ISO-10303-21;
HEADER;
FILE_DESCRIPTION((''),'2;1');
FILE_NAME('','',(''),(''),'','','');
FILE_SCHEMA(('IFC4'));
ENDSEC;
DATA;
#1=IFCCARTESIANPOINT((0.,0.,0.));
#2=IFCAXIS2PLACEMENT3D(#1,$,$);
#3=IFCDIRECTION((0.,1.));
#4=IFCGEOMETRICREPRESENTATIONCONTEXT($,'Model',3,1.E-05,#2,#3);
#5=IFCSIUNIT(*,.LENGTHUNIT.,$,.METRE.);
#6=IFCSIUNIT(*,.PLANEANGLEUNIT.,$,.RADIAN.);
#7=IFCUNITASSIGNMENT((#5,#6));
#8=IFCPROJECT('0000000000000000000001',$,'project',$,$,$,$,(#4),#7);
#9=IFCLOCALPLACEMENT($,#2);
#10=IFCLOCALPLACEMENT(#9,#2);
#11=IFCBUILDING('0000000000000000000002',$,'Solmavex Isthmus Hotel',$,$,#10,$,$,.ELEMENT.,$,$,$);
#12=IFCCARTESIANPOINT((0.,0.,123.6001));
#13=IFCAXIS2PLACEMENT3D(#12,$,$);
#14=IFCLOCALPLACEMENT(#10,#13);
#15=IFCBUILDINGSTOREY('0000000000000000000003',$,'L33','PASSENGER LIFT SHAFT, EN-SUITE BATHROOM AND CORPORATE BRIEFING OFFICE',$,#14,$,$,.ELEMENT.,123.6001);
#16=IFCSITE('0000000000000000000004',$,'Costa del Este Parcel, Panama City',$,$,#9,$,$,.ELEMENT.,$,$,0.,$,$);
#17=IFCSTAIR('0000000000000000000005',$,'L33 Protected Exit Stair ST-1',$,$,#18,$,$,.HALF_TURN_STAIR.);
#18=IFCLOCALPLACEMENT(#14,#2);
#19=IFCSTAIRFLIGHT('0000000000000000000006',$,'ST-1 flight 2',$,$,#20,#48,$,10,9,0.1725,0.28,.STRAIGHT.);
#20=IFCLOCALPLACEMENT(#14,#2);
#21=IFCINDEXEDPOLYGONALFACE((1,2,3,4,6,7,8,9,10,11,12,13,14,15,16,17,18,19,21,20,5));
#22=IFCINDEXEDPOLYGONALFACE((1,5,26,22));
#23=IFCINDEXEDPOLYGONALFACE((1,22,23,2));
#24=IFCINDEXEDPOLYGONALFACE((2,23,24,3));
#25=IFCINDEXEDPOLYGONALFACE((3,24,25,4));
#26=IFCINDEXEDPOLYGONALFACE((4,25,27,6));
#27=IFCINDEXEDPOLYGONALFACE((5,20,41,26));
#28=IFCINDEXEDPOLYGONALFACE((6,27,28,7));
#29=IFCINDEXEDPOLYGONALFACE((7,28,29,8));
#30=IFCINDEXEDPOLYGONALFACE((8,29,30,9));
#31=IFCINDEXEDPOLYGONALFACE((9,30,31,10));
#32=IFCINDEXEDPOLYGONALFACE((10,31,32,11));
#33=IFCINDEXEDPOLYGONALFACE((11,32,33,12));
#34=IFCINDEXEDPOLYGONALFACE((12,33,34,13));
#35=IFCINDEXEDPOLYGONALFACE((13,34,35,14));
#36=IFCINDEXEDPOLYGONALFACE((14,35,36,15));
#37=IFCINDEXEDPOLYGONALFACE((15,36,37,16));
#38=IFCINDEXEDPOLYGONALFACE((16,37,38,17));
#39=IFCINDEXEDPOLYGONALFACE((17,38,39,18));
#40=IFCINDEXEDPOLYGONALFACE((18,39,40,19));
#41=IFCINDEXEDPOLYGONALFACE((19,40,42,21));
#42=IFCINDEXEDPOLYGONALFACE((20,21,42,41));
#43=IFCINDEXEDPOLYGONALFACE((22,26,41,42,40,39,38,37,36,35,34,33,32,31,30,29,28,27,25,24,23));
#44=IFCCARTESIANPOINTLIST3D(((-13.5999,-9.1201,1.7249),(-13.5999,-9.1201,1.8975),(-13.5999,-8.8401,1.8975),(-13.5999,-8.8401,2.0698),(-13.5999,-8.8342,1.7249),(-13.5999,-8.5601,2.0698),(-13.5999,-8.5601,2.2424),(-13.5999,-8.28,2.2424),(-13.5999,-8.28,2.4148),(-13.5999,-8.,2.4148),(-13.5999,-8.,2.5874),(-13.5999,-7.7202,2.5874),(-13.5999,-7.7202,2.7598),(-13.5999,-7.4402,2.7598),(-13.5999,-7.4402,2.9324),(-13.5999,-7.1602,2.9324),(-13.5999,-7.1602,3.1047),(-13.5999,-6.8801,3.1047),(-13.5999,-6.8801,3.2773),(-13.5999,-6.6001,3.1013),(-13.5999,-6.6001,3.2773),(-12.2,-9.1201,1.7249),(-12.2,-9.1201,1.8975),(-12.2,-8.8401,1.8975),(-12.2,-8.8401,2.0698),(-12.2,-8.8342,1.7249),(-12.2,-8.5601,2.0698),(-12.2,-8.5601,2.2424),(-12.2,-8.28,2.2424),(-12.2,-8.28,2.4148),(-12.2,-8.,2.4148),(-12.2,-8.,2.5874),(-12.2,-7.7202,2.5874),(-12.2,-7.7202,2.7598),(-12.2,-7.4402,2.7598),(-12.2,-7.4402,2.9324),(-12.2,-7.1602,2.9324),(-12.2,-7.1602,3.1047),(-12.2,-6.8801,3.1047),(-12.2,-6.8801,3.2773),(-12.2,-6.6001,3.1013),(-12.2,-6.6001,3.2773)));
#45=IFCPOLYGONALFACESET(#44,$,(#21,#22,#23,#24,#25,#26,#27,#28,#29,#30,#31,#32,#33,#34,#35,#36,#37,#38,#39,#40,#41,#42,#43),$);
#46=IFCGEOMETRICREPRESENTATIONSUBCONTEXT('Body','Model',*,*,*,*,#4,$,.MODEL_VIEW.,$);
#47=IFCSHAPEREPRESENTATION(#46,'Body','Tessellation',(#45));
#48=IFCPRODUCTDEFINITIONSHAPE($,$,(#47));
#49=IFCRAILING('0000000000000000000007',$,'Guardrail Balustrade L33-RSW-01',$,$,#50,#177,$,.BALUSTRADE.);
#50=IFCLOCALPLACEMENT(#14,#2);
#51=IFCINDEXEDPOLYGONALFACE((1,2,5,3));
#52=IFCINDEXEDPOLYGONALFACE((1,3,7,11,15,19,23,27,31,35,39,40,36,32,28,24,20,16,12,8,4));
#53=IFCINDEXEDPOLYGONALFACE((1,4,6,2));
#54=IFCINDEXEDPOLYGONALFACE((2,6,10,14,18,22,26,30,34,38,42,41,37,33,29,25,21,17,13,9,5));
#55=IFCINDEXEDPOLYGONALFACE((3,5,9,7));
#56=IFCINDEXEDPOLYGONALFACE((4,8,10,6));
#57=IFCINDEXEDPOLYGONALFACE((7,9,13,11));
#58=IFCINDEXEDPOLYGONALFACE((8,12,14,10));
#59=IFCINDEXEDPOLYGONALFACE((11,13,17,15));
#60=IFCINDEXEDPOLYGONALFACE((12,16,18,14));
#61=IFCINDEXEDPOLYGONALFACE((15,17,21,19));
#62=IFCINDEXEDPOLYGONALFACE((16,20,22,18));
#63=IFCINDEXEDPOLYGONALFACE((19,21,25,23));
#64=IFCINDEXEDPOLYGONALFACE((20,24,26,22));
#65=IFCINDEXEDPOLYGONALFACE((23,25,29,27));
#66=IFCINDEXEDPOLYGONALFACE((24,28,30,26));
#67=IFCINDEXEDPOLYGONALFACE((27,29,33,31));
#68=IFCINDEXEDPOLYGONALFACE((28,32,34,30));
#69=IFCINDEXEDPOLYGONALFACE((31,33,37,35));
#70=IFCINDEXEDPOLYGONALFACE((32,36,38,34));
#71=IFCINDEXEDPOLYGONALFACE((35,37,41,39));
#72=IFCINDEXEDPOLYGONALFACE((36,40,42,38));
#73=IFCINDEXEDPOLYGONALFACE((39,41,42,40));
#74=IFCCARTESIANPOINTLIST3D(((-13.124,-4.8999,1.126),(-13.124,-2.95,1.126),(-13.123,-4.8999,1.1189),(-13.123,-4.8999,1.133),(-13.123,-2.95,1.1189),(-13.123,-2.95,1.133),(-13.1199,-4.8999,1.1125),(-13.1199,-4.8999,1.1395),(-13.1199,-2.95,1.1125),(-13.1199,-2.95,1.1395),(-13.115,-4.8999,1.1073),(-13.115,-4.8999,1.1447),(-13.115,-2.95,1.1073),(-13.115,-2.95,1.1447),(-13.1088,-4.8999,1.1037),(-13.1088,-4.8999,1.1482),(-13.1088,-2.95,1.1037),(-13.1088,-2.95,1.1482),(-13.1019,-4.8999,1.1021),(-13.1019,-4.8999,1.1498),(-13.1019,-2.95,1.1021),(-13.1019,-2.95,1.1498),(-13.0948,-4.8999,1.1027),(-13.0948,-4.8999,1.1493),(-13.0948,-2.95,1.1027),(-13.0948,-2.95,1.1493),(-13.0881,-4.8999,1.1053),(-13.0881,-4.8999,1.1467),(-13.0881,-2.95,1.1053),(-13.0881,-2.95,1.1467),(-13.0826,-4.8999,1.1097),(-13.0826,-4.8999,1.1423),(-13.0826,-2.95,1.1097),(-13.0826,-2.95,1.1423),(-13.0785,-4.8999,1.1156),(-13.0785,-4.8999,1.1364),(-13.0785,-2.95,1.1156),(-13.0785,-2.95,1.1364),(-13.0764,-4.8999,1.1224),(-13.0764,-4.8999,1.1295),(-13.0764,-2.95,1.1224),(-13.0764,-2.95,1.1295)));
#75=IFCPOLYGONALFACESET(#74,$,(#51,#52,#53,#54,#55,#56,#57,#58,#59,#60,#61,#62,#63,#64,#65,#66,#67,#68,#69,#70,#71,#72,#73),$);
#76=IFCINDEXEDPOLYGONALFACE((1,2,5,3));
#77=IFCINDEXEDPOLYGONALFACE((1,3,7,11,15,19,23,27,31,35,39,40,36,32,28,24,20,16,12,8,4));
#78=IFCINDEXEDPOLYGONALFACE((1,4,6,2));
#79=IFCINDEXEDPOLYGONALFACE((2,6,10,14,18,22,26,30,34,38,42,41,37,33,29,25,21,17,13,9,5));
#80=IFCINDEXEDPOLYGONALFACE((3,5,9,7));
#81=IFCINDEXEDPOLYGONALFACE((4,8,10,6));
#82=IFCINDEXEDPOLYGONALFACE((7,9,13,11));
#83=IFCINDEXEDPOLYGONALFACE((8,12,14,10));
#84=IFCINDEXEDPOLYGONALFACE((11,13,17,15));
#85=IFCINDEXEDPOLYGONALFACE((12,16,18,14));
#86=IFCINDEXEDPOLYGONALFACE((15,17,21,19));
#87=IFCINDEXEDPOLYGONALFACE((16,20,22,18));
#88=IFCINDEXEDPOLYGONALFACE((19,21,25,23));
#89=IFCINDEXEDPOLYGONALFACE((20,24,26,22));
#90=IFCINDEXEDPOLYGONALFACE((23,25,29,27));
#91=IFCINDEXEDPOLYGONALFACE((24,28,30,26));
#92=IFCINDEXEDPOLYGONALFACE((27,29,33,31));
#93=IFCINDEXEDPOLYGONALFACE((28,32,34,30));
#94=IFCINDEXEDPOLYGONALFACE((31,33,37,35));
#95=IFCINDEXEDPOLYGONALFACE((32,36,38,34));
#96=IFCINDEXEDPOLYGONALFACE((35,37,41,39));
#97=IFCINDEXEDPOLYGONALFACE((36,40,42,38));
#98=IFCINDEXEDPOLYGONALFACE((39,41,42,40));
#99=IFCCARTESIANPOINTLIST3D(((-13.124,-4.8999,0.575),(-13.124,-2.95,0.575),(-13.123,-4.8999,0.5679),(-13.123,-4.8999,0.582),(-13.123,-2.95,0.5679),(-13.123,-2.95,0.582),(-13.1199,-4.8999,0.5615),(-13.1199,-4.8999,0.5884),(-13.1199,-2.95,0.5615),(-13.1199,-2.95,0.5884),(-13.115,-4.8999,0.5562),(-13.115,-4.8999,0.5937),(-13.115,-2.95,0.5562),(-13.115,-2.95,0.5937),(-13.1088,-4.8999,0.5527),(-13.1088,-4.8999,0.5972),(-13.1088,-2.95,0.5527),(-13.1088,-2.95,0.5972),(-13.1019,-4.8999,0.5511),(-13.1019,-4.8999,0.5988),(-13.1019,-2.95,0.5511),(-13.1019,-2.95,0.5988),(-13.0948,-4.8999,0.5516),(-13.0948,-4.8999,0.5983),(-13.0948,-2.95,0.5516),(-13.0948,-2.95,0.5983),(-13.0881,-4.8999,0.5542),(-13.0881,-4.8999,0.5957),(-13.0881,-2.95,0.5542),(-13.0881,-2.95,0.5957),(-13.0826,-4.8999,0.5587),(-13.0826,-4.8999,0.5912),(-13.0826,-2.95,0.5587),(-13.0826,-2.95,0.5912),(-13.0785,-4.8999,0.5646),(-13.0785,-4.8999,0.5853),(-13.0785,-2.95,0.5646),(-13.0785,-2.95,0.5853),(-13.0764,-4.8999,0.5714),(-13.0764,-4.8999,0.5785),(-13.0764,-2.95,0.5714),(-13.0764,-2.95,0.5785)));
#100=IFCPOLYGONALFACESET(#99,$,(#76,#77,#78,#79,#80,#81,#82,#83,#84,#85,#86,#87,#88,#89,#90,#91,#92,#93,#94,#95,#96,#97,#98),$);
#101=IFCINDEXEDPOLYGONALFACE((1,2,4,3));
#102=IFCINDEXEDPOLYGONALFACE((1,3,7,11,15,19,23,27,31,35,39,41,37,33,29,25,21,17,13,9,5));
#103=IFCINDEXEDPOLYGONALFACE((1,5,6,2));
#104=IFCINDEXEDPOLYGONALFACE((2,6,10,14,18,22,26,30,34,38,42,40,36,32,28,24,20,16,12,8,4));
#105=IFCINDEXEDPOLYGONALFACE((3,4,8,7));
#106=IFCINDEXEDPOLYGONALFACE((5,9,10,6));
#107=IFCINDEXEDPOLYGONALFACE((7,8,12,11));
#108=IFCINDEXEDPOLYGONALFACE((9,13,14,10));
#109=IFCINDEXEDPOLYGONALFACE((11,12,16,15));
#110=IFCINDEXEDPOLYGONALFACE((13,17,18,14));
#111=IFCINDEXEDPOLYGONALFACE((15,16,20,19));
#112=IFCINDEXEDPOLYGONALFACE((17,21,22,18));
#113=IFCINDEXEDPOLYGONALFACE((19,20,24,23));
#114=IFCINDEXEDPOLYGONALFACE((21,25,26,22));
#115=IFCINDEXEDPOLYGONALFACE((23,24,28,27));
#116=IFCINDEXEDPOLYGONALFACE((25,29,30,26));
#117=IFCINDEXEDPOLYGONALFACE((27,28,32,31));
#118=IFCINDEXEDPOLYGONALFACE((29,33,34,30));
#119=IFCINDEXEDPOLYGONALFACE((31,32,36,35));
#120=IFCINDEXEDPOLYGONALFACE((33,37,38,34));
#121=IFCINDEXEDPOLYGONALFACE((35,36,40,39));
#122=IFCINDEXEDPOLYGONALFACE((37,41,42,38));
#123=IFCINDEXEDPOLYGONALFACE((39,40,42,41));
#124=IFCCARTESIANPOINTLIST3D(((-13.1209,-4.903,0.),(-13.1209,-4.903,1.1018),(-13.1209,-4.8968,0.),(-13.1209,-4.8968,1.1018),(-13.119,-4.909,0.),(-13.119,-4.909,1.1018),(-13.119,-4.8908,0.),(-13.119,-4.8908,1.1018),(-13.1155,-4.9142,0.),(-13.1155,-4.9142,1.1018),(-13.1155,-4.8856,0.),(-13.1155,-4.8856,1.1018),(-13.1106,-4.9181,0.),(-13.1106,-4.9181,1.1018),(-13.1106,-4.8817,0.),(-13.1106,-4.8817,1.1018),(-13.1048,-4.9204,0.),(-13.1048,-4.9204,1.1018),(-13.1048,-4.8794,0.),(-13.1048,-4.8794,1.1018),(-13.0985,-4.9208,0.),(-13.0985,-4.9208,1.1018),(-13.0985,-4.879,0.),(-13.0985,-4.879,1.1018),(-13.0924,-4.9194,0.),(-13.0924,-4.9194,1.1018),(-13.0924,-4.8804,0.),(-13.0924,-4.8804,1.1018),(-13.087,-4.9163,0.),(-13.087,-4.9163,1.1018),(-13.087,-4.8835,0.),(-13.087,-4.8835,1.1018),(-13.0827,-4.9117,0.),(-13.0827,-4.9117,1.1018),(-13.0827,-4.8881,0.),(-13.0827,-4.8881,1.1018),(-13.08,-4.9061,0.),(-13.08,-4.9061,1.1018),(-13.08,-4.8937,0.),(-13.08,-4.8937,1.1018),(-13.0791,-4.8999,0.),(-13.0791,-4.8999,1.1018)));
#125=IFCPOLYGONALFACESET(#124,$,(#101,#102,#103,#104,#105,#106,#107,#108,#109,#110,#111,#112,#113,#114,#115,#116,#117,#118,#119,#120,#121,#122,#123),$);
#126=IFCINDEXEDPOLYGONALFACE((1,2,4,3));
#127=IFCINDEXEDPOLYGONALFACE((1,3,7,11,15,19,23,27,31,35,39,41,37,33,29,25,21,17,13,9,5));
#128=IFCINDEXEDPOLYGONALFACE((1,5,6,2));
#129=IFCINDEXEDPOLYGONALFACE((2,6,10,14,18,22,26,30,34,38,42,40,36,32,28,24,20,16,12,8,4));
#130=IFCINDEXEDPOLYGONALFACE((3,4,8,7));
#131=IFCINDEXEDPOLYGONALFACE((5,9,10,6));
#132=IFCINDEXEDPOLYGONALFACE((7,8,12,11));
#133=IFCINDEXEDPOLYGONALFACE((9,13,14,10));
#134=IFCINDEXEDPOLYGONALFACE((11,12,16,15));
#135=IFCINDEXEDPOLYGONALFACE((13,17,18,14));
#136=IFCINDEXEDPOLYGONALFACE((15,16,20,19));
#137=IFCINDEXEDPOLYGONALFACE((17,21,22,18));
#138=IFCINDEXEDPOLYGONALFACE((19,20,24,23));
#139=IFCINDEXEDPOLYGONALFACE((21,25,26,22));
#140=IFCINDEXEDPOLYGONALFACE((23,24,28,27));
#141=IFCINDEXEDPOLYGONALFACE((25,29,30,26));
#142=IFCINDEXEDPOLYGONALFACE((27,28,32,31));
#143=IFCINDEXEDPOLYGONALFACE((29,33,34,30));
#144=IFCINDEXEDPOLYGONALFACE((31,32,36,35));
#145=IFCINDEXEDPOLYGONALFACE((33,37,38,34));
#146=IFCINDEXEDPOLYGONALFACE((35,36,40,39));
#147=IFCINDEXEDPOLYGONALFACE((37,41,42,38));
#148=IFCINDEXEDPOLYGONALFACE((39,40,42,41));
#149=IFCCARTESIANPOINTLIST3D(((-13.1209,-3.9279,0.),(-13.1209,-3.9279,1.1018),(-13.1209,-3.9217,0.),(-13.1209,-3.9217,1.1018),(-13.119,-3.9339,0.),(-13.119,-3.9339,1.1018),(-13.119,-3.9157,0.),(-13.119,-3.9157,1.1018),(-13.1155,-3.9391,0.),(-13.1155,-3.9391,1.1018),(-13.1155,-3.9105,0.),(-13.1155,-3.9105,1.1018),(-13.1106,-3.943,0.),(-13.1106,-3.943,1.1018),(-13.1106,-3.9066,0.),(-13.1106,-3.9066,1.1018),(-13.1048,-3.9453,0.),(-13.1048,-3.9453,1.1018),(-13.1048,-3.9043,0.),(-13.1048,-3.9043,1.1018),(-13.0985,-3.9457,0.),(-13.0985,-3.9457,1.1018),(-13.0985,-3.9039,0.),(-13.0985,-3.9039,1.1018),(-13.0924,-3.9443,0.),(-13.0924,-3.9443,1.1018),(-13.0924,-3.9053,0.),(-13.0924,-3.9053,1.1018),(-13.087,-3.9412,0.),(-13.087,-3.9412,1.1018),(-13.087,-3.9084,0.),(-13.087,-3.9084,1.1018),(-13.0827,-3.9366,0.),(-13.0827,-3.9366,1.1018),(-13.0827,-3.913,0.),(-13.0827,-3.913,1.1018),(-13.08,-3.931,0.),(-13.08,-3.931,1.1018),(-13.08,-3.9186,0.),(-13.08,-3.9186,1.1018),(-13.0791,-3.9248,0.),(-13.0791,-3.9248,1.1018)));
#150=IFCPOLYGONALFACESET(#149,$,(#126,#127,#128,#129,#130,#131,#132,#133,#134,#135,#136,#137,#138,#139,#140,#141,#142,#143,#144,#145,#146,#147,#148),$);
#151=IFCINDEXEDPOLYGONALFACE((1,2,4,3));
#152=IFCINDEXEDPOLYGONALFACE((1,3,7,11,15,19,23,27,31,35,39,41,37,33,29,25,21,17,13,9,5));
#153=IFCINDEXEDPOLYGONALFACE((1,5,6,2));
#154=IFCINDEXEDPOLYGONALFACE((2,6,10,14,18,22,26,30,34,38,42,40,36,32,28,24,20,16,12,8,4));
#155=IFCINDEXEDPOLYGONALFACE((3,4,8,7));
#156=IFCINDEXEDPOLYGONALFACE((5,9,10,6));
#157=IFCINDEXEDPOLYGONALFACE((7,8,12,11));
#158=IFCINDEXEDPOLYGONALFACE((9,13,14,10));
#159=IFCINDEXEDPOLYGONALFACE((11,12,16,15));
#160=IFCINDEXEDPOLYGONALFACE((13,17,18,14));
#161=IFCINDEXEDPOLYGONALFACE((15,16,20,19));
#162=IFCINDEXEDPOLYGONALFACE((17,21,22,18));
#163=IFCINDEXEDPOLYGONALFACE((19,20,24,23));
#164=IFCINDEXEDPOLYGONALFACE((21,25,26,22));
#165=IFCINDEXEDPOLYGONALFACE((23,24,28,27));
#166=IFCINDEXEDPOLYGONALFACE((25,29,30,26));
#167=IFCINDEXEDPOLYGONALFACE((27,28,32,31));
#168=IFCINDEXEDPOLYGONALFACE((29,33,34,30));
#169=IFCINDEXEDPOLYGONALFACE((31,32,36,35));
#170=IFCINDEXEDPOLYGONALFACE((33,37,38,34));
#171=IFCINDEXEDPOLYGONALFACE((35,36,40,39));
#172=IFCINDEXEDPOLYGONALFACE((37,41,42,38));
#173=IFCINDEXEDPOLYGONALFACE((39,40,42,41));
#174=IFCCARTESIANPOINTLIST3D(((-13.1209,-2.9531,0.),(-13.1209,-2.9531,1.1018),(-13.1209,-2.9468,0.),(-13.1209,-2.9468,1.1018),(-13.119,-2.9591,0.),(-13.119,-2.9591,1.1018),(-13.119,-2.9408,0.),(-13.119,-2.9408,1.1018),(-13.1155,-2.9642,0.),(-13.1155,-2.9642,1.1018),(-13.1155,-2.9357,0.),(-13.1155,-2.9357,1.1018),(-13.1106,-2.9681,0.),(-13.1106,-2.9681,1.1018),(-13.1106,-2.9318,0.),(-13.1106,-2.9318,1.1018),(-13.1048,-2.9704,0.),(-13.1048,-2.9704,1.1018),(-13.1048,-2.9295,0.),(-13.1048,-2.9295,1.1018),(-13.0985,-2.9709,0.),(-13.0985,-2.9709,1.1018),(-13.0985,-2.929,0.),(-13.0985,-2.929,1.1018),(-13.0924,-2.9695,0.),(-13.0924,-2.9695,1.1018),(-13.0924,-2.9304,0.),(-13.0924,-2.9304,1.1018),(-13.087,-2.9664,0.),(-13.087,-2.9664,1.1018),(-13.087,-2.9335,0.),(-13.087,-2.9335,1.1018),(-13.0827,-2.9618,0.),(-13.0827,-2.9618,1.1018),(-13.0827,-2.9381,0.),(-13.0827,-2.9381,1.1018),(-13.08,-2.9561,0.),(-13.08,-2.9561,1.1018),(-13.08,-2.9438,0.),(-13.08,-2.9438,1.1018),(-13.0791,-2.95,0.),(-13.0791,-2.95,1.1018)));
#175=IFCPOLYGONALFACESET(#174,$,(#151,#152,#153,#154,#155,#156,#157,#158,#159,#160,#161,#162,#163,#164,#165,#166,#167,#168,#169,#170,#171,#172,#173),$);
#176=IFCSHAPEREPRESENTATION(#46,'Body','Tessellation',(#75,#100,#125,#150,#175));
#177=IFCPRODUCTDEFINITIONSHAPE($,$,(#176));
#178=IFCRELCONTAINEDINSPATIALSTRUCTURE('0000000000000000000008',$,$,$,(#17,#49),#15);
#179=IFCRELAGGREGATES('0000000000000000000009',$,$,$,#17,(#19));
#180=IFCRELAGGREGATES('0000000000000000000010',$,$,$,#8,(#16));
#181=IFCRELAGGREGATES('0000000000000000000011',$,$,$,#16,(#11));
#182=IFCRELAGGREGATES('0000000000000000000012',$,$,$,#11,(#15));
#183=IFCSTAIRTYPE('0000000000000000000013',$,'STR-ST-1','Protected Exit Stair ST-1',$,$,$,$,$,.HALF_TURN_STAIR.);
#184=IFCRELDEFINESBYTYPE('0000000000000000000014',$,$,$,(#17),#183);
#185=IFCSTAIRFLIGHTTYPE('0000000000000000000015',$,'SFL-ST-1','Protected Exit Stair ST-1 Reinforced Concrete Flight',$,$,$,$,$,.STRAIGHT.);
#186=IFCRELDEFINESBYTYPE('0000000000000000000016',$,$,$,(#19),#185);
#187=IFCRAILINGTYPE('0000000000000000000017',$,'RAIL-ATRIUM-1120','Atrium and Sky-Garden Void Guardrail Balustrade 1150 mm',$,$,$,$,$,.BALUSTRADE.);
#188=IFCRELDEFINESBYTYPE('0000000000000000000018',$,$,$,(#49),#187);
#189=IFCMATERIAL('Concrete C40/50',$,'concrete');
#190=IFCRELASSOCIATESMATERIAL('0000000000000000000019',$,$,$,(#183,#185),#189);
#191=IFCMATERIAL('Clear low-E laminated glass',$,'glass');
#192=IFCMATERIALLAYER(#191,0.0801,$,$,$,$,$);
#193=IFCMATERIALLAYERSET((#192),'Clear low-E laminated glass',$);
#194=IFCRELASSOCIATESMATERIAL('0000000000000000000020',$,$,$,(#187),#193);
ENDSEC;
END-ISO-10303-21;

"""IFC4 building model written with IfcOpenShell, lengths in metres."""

from ifc_helpers import new_model, si_unit, direction, frame, origin, origin_2d, place, context, subcontext, project, spatial, polyline, circle, outline, extrude, material, layer, layer_set, type_object, element, aggregate, save


model = new_model("IFC4")

# Units and contexts
model_context = context("Model", 3, precision=1e-05, world=origin(), true_north=direction((0.0, 1.0)))
body_context = subcontext(model_context, "Body", "Model", "MODEL_VIEW")
ifc_project = project(units=[si_unit("LENGTHUNIT", "METRE"), si_unit("PLANEANGLEUNIT", "RADIAN")], contexts=[model_context])

# Site, building, storey
site_placement = place(None, origin())
site = spatial("IfcSite", under=ifc_project, at=site_placement, Name="Costa del Este Parcel, Panama City", CompositionType="ELEMENT", RefElevation=0.0)
building_placement = place(site_placement, origin())
building = spatial("IfcBuilding", under=site, at=building_placement, Name="Solmavex Isthmus Hotel", CompositionType="ELEMENT")
storey_placement = place(building_placement, frame((0.0, 0.0, 123.6001)))
storey = spatial("IfcBuildingStorey", under=building, at=storey_placement, Name="L33", Description="PASSENGER LIFT SHAFT, EN-SUITE BATHROOM AND CORPORATE BRIEFING OFFICE", CompositionType="ELEMENT", Elevation=123.6001)

# Shared definitions
ifc_material_1 = material(Name="Concrete C40/50", Category="concrete")

# Stair, stair flight
stair_type = type_object("IfcStairType", Name="STR-ST-1", Description="Protected Exit Stair ST-1", PredefinedType="HALF_TURN_STAIR", material=ifc_material_1)
stair_placement = place(storey_placement, origin())
stair = element("IfcStair", 1, at=stair_placement, inside=storey, type_object=stair_type, Name="L33 Protected Exit Stair ST-1", PredefinedType="HALF_TURN_STAIR")
stair_flight_type = type_object("IfcStairFlightType", Name="SFL-ST-1", Description="Protected Exit Stair ST-1 Reinforced Concrete Flight", PredefinedType="STRAIGHT", material=ifc_material_1)
stair_flight_1_placement = place(storey_placement, frame((-12.8999, -9.1201, 1.7249), z_axis=(0.0, 0.0, 1.0), x_axis=(0.0, 1.0, 0.0)))
stair_flight_1 = element("IfcStairFlight", 2, at=stair_flight_1_placement, type_object=stair_flight_type, Name="ST-1 flight 2", NumberOfRisers=10, NumberOfTreads=9, PredefinedType="STRAIGHT", RiserHeight=0.1725, TreadLength=0.28, context=body_context, shape_type="SweptSolid", body=[
    extrude(outline(polyline([(0.0, 0.0), (0.0, 0.1726), (0.28, 0.1726), (0.28, 0.345), (0.5601, 0.345), (0.5601, 0.5176), (0.8401, 0.5176), (0.8401, 0.6899), (1.1201, 0.6899), (1.1201, 0.8625), (1.3999, 0.8625), (1.3999, 1.0349), (1.6799, 1.0349), (1.6799, 1.2075), (1.96, 1.2075), (1.96, 1.3799), (2.24, 1.3799), (2.24, 1.5525), (2.52, 1.5525), (2.52, 1.7251), (2.52, 1.3765), (0.2859, 0.0), (0.0, 0.0)])), frame((0.0, 0.7, 0.0), z_axis=(0.0, -1.0, 0.0), x_axis=(1.0, 0.0, 0.0)), (0.0, 0.0, 1.0), 1.3999),
])
aggregate(stair, [stair_flight_1])

# Railing
ifc_material_2 = material(Name="Clear low-E laminated glass", Category="glass")
ifc_layer_1 = layer(ifc_material_2, 0.0801)
ifc_layer_set_1 = layer_set([ifc_layer_1], Name="Clear low-E laminated glass")
railing_type_1 = type_object("IfcRailingType", Name="RAIL-ATRIUM-1120", Description="Atrium and Sky-Garden Void Guardrail Balustrade 1150 mm", PredefinedType="BALUSTRADE", material=ifc_layer_set_1)
railing_1_placement = place(storey_placement, frame((-13.1001, -4.8999, 0.0)))
element("IfcRailing", 3, at=railing_1_placement, inside=storey, type_object=railing_type_1, Name="Guardrail Balustrade L33-RSW-01", PredefinedType="BALUSTRADE", context=body_context, shape_type="SweptSolid", body=[
    extrude(circle(Radius=0.0239, at=origin_2d()), frame((0.0, 0.0, 1.126), z_axis=(0.0, 1.0, 0.0), x_axis=(-1.0, 0.0, 0.0)), (0.0, 0.0, 1.0), 1.95),
    extrude(circle(Radius=0.0239, at=origin_2d()), frame((0.0, 0.0, 0.575), z_axis=(0.0, 1.0, 0.0), x_axis=(-1.0, 0.0, 0.0)), (0.0, 0.0, 1.0), 1.95),
    extrude(circle(Radius=0.021, at=origin_2d()), origin(), (0.0, 0.0, 1.0), 1.1018),
    extrude(circle(Radius=0.021, at=origin_2d()), frame((0.0, 0.9751, 0.0)), (0.0, 0.0, 1.0), 1.1018),
    extrude(circle(Radius=0.021, at=origin_2d()), frame((0.0, 1.95, 0.0)), (0.0, 0.0, 1.0), 1.1018),
])

save(model, "model.ifc")
